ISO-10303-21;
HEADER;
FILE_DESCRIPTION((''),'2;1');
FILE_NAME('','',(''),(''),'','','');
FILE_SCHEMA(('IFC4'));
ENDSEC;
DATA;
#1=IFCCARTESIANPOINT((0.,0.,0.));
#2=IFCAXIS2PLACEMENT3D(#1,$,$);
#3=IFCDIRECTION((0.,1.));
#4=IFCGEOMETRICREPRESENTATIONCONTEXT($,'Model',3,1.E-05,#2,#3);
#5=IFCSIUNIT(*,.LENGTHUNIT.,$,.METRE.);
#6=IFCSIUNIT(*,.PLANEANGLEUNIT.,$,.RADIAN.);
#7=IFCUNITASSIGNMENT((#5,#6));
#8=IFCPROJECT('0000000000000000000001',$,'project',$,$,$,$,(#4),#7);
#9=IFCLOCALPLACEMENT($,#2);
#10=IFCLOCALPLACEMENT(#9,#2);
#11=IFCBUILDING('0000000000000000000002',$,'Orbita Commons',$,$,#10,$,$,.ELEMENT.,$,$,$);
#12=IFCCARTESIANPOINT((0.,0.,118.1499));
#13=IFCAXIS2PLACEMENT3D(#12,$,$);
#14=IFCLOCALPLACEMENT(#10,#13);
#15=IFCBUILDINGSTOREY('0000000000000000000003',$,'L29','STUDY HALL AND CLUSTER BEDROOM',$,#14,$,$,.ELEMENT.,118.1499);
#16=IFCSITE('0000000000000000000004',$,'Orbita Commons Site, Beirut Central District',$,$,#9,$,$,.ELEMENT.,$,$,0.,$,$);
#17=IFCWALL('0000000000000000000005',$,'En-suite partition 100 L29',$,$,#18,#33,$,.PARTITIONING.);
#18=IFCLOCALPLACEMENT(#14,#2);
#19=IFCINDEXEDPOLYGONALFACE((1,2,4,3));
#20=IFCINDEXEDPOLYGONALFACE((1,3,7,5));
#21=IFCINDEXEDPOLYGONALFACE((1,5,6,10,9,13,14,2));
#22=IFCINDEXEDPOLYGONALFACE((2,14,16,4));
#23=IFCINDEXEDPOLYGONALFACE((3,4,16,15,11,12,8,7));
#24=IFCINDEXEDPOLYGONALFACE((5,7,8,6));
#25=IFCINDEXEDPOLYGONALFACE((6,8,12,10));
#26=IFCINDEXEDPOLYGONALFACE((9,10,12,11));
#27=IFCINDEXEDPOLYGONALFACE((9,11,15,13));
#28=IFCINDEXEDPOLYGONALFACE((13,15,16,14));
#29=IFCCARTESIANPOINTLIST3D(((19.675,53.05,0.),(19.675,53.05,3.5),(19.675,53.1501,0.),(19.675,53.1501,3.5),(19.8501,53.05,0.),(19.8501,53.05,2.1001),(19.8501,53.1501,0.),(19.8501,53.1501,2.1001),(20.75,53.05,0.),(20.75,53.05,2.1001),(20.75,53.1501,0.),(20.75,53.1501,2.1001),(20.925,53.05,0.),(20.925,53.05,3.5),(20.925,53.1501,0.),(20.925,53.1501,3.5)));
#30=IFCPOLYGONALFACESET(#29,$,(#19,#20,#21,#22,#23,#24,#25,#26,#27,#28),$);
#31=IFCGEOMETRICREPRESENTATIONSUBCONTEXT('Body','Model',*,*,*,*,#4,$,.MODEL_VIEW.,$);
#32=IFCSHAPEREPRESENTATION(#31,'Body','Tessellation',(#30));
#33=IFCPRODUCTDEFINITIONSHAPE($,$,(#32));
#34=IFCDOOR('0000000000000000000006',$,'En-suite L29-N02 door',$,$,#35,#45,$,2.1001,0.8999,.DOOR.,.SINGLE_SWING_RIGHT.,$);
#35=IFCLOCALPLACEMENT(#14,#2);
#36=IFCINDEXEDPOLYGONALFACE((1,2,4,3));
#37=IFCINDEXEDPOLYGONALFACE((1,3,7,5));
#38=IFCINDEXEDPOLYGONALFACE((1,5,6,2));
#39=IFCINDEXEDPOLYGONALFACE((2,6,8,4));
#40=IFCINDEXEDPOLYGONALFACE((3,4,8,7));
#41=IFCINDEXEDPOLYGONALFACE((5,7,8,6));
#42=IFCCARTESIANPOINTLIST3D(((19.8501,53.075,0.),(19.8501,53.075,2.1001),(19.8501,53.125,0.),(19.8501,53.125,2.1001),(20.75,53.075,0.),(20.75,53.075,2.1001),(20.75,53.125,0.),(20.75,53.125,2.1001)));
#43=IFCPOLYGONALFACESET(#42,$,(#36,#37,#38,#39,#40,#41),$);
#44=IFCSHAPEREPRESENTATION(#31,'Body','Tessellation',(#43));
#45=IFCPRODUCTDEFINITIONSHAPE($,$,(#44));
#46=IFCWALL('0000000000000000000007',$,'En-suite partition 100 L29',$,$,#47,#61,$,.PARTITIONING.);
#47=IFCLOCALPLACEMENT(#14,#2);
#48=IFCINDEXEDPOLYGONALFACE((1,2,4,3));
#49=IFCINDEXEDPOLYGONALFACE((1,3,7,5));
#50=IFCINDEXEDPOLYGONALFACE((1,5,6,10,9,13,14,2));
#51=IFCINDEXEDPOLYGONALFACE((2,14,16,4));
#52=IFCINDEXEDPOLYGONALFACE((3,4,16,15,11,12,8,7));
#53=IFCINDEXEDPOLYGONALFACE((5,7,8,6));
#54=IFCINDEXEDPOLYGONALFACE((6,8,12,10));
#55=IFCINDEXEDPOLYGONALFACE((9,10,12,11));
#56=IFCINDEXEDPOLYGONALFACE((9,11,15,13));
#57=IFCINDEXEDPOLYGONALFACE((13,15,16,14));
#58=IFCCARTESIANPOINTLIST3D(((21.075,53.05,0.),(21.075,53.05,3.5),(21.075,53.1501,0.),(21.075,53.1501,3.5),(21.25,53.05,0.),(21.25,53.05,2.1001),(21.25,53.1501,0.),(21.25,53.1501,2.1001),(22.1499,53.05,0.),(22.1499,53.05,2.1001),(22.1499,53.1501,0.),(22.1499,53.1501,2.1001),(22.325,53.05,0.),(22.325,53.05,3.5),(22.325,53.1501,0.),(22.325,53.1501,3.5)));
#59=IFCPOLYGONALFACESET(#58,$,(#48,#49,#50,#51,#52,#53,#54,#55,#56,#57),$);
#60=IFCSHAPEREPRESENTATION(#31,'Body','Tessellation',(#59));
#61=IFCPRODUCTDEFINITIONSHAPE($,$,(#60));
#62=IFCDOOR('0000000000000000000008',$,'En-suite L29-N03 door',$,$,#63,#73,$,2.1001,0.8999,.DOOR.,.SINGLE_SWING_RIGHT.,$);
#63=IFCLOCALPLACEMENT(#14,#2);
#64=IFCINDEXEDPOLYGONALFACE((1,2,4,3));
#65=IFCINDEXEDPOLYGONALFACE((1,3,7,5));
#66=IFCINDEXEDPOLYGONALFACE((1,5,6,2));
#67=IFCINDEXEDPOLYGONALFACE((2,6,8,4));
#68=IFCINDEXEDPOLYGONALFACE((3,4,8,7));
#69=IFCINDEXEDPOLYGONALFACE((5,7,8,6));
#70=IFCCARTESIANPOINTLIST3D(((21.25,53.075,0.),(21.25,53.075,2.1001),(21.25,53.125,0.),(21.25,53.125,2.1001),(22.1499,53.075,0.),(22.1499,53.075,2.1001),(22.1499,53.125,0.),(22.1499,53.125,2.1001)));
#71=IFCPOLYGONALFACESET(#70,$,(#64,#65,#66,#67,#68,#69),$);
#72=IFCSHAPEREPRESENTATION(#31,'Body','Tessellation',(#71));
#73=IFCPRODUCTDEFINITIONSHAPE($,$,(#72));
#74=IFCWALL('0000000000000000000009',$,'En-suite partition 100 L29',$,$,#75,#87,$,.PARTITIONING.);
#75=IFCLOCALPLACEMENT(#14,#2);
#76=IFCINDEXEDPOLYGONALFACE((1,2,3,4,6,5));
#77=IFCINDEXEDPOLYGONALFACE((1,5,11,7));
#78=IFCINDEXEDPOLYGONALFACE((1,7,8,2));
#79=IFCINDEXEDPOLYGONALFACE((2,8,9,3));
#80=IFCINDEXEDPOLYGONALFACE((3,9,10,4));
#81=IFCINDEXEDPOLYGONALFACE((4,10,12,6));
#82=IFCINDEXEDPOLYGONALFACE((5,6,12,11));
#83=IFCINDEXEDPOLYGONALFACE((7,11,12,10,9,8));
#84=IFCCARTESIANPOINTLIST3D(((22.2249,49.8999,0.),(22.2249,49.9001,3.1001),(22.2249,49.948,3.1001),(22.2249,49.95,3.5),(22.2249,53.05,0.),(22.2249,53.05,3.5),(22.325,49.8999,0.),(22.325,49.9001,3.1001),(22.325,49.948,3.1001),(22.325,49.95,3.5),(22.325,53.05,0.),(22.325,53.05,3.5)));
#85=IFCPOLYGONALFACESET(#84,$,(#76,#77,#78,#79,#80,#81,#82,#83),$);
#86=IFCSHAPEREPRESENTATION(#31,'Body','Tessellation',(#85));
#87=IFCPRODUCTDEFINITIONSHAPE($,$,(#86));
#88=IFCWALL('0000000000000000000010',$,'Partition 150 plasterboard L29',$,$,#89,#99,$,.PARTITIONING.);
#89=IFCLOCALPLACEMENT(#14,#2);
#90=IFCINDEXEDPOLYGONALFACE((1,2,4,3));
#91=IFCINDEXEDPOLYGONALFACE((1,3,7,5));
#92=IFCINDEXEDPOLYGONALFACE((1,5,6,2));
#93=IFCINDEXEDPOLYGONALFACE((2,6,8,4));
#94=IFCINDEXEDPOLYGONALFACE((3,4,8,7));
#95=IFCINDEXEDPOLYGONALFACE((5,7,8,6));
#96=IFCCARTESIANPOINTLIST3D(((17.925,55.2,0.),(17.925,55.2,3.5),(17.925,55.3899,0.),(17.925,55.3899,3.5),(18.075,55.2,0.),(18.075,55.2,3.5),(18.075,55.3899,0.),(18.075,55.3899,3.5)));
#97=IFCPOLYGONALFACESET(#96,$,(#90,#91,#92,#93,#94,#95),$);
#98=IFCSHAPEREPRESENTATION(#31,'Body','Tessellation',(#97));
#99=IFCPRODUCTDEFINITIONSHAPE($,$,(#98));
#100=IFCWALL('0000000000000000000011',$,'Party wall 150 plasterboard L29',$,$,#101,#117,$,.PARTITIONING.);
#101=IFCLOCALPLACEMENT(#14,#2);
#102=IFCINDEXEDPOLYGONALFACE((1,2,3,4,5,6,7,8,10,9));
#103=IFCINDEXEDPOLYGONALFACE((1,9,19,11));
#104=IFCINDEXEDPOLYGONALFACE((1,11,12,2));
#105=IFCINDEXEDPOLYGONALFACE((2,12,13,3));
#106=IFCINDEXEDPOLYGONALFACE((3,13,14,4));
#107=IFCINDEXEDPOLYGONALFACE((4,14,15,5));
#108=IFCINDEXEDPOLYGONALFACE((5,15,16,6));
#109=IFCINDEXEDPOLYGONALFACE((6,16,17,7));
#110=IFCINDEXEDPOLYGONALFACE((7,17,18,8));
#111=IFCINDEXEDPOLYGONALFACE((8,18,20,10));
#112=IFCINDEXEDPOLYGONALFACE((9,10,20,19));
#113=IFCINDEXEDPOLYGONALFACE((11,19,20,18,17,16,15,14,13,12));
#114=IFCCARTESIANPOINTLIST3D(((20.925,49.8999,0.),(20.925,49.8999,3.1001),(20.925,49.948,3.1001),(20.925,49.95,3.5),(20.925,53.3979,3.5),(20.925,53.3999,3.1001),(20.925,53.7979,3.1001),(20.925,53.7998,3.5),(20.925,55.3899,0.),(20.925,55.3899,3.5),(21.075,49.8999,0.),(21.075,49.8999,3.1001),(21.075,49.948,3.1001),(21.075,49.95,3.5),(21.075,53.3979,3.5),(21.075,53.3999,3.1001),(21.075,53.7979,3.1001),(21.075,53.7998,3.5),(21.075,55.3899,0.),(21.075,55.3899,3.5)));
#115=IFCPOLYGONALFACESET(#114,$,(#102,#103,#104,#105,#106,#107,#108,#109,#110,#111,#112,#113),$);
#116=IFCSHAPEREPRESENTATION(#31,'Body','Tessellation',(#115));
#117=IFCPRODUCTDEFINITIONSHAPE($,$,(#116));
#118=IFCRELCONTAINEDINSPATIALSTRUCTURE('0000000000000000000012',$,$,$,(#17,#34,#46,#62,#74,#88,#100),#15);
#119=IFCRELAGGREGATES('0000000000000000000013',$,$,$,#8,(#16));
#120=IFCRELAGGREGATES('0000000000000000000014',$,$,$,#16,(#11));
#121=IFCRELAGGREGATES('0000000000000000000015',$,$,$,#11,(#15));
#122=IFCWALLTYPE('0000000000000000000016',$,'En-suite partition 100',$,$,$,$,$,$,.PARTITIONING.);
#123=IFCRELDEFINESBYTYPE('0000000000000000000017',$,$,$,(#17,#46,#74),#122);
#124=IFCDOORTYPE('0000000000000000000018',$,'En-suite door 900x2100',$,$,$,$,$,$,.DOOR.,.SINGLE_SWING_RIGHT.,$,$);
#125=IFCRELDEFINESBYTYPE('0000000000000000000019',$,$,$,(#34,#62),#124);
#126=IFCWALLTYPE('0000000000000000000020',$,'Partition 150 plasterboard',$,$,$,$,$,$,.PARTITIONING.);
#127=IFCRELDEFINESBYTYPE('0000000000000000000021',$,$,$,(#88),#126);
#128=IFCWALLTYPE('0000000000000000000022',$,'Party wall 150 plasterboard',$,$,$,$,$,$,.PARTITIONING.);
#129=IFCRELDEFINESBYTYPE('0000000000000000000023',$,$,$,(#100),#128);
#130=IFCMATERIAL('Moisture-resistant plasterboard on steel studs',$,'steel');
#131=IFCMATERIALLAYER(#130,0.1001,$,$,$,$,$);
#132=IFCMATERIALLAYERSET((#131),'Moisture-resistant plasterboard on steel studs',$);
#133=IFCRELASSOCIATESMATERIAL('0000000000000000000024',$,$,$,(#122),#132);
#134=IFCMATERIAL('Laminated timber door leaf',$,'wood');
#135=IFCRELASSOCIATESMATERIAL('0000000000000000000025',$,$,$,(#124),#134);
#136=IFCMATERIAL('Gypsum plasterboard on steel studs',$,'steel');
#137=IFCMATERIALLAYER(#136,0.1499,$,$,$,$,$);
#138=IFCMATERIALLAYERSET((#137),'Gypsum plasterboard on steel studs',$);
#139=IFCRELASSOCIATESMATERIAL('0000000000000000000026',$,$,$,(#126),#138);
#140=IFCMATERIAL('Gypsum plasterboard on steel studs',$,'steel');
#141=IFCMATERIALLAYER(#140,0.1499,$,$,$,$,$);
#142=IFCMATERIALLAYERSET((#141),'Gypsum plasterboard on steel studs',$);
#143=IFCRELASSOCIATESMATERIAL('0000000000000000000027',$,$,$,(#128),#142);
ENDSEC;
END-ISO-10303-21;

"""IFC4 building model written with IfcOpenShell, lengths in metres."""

from ifc_helpers import new_model, si_unit, direction, frame, frame_2d, origin, place, context, subcontext, project, spatial, polyline, rectangle, outline, extrude, material, layer, layer_set, type_object, element, fill, save


model = new_model("IFC4")

# Units and contexts
model_context = context("Model", 3, precision=1e-05, world=origin(), true_north=direction((0.0, 1.0)))
body_context = subcontext(model_context, "Body", "Model", "MODEL_VIEW")
ifc_project = project(units=[si_unit("LENGTHUNIT", "METRE"), si_unit("PLANEANGLEUNIT", "RADIAN")], contexts=[model_context])

# Site, building, storey
site_placement = place(None, origin())
site = spatial("IfcSite", under=ifc_project, at=site_placement, Name="Orbita Commons Site, Beirut Central District", CompositionType="ELEMENT", RefElevation=0.0)
building_placement = place(site_placement, origin())
building = spatial("IfcBuilding", under=site, at=building_placement, Name="Orbita Commons", CompositionType="ELEMENT")
storey_placement = place(building_placement, frame((0.0, 0.0, 118.1499)))
storey = spatial("IfcBuildingStorey", under=building, at=storey_placement, Name="L29", Description="STUDY HALL AND CLUSTER BEDROOM", CompositionType="ELEMENT", Elevation=118.1499)

# Walls, openings, doors
ifc_material_1 = material(Name="Moisture-resistant plasterboard on steel studs", Category="steel")
ifc_layer_1 = layer(ifc_material_1, 0.1001)
ifc_layer_set_1 = layer_set([ifc_layer_1], Name="Moisture-resistant plasterboard on steel studs")
wall_type_1 = type_object("IfcWallType", Name="En-suite partition 100", PredefinedType="PARTITIONING", material=ifc_layer_set_1)
wall_1_placement = place(storey_placement, frame((19.675, 53.1001, 0.0), z_axis=(0.0, 0.0, 1.0), x_axis=(1.0, 0.0, 0.0)))
wall_1 = element("IfcWall", 1, at=wall_1_placement, inside=storey, type_object=wall_type_1, Name="En-suite partition 100 L29", PredefinedType="PARTITIONING", context=body_context, shape_type="SweptSolid", body=[
    extrude(rectangle(XDim=1.25, YDim=0.1001, at=frame_2d((0.625, 0.0))), origin(), (0.0, 0.0, 1.0), 3.5),
])
opening_1_placement = place(wall_1_placement, frame((0.175, 0.0, 0.0)))
opening_1 = element("IfcOpeningElement", 2, at=opening_1_placement, cuts=wall_1, PredefinedType="OPENING", context=body_context, shape_type="SweptSolid", body=[
    extrude(rectangle(XDim=0.8999, YDim=2.1001, at=frame_2d((0.45, 1.05))), frame((0.0, 0.0601, 0.0), z_axis=(0.0, -1.0, 0.0), x_axis=(1.0, 0.0, 0.0)), (0.0, 0.0, 1.0), 0.1201),
])
ifc_material_2 = material(Name="Laminated timber door leaf", Category="wood")
door_type = type_object("IfcDoorType", Name="En-suite door 900x2100", OperationType="SINGLE_SWING_RIGHT", PredefinedType="DOOR", material=ifc_material_2)
door_1_placement = place(opening_1_placement, origin())
door_1 = element("IfcDoor", 3, at=door_1_placement, inside=storey, type_object=door_type, Name="En-suite L29-N02 door", OperationType="SINGLE_SWING_RIGHT", OverallHeight=2.1001, OverallWidth=0.8999, PredefinedType="DOOR", context=body_context, shape_type="SweptSolid", body=[
    extrude(rectangle(XDim=0.8999, YDim=2.1001, at=frame_2d((0.45, 1.05))), frame((0.0, 0.0249, 0.0), z_axis=(0.0, -1.0, 0.0), x_axis=(1.0, 0.0, 0.0)), (0.0, 0.0, 1.0), 0.05),
])
fill(opening_1, door_1)
wall_2_placement = place(storey_placement, frame((21.075, 53.1001, 0.0), z_axis=(0.0, 0.0, 1.0), x_axis=(1.0, 0.0, 0.0)))
wall_2 = element("IfcWall", 4, at=wall_2_placement, inside=storey, type_object=wall_type_1, Name="En-suite partition 100 L29", PredefinedType="PARTITIONING", context=body_context, shape_type="SweptSolid", body=[
    extrude(rectangle(XDim=1.25, YDim=0.1001, at=frame_2d((0.625, 0.0))), origin(), (0.0, 0.0, 1.0), 3.5),
])
opening_2_placement = place(wall_2_placement, frame((0.175, 0.0, 0.0)))
opening_2 = element("IfcOpeningElement", 5, at=opening_2_placement, cuts=wall_2, PredefinedType="OPENING", context=body_context, shape_type="SweptSolid", body=[
    extrude(rectangle(XDim=0.8999, YDim=2.1001, at=frame_2d((0.45, 1.05))), frame((0.0, 0.0601, 0.0), z_axis=(0.0, -1.0, 0.0), x_axis=(1.0, 0.0, 0.0)), (0.0, 0.0, 1.0), 0.1201),
])
door_2_placement = place(opening_2_placement, origin())
door_2 = element("IfcDoor", 6, at=door_2_placement, inside=storey, type_object=door_type, Name="En-suite L29-N03 door", OperationType="SINGLE_SWING_RIGHT", OverallHeight=2.1001, OverallWidth=0.8999, PredefinedType="DOOR", context=body_context, shape_type="SweptSolid", body=[
    extrude(rectangle(XDim=0.8999, YDim=2.1001, at=frame_2d((0.45, 1.05))), frame((0.0, 0.0249, 0.0), z_axis=(0.0, -1.0, 0.0), x_axis=(1.0, 0.0, 0.0)), (0.0, 0.0, 1.0), 0.05),
])
fill(opening_2, door_2)

# Walls
wall_3_placement = place(storey_placement, frame((22.2749, 53.05, 0.0), z_axis=(0.0, 0.0, 1.0), x_axis=(0.0, -1.0, 0.0)))
element("IfcWall", 7, at=wall_3_placement, inside=storey, type_object=wall_type_1, Name="En-suite partition 100 L29", PredefinedType="PARTITIONING", context=body_context, shape_type="SweptSolid", body=[
    extrude(outline(polyline([(0.0, 0.0), (3.1501, 0.0), (3.1499, 3.1001), (3.1021, 3.1001), (3.1001, 3.5), (0.0, 3.5), (0.0, 0.0)])), frame((0.0, 0.05, 0.0), z_axis=(0.0, -1.0, 0.0), x_axis=(1.0, 0.0, 0.0)), (0.0, 0.0, 1.0), 0.1001),
])
ifc_material_3 = material(Name="Gypsum plasterboard on steel studs", Category="steel")
ifc_layer_2 = layer(ifc_material_3, 0.1499)
ifc_layer_set_2 = layer_set([ifc_layer_2], Name="Gypsum plasterboard on steel studs")
wall_type_2 = type_object("IfcWallType", Name="Partition 150 plasterboard", PredefinedType="PARTITIONING", material=ifc_layer_set_2)
wall_4_placement = place(storey_placement, frame((18.0, 55.2, 0.0), z_axis=(0.0, 0.0, 1.0), x_axis=(0.0, 1.0, 0.0)))
element("IfcWall", 8, at=wall_4_placement, inside=storey, type_object=wall_type_2, Name="Partition 150 plasterboard L29", PredefinedType="PARTITIONING", context=body_context, shape_type="SweptSolid", body=[
    extrude(rectangle(XDim=0.1899, YDim=0.1499, at=frame_2d((0.095, 0.0))), origin(), (0.0, 0.0, 1.0), 3.5),
])
ifc_material_4 = material(Name="Gypsum plasterboard on steel studs", Category="steel")
ifc_layer_3 = layer(ifc_material_4, 0.1499)
ifc_layer_set_3 = layer_set([ifc_layer_3], Name="Gypsum plasterboard on steel studs")
wall_type_3 = type_object("IfcWallType", Name="Party wall 150 plasterboard", PredefinedType="PARTITIONING", material=ifc_layer_set_3)
wall_5_placement = place(storey_placement, frame((21.0, 55.3899, 0.0), z_axis=(0.0, 0.0, 1.0), x_axis=(0.0, -1.0, 0.0)))
element("IfcWall", 9, at=wall_5_placement, inside=storey, type_object=wall_type_3, Name="Party wall 150 plasterboard L29", PredefinedType="PARTITIONING", context=body_context, shape_type="SweptSolid", body=[
    extrude(outline(polyline([(0.0, 0.0), (5.49, 0.0), (5.49, 3.1001), (5.4419, 3.1001), (5.4399, 3.5), (1.9919, 3.5), (1.99, 3.1001), (1.592, 3.1001), (1.5901, 3.5), (0.0, 3.5), (0.0, 0.0)])), frame((0.0, 0.075, 0.0), z_axis=(0.0, -1.0, 0.0), x_axis=(1.0, 0.0, 0.0)), (0.0, 0.0, 1.0), 0.1499),
])

save(model, "model.ifc")
